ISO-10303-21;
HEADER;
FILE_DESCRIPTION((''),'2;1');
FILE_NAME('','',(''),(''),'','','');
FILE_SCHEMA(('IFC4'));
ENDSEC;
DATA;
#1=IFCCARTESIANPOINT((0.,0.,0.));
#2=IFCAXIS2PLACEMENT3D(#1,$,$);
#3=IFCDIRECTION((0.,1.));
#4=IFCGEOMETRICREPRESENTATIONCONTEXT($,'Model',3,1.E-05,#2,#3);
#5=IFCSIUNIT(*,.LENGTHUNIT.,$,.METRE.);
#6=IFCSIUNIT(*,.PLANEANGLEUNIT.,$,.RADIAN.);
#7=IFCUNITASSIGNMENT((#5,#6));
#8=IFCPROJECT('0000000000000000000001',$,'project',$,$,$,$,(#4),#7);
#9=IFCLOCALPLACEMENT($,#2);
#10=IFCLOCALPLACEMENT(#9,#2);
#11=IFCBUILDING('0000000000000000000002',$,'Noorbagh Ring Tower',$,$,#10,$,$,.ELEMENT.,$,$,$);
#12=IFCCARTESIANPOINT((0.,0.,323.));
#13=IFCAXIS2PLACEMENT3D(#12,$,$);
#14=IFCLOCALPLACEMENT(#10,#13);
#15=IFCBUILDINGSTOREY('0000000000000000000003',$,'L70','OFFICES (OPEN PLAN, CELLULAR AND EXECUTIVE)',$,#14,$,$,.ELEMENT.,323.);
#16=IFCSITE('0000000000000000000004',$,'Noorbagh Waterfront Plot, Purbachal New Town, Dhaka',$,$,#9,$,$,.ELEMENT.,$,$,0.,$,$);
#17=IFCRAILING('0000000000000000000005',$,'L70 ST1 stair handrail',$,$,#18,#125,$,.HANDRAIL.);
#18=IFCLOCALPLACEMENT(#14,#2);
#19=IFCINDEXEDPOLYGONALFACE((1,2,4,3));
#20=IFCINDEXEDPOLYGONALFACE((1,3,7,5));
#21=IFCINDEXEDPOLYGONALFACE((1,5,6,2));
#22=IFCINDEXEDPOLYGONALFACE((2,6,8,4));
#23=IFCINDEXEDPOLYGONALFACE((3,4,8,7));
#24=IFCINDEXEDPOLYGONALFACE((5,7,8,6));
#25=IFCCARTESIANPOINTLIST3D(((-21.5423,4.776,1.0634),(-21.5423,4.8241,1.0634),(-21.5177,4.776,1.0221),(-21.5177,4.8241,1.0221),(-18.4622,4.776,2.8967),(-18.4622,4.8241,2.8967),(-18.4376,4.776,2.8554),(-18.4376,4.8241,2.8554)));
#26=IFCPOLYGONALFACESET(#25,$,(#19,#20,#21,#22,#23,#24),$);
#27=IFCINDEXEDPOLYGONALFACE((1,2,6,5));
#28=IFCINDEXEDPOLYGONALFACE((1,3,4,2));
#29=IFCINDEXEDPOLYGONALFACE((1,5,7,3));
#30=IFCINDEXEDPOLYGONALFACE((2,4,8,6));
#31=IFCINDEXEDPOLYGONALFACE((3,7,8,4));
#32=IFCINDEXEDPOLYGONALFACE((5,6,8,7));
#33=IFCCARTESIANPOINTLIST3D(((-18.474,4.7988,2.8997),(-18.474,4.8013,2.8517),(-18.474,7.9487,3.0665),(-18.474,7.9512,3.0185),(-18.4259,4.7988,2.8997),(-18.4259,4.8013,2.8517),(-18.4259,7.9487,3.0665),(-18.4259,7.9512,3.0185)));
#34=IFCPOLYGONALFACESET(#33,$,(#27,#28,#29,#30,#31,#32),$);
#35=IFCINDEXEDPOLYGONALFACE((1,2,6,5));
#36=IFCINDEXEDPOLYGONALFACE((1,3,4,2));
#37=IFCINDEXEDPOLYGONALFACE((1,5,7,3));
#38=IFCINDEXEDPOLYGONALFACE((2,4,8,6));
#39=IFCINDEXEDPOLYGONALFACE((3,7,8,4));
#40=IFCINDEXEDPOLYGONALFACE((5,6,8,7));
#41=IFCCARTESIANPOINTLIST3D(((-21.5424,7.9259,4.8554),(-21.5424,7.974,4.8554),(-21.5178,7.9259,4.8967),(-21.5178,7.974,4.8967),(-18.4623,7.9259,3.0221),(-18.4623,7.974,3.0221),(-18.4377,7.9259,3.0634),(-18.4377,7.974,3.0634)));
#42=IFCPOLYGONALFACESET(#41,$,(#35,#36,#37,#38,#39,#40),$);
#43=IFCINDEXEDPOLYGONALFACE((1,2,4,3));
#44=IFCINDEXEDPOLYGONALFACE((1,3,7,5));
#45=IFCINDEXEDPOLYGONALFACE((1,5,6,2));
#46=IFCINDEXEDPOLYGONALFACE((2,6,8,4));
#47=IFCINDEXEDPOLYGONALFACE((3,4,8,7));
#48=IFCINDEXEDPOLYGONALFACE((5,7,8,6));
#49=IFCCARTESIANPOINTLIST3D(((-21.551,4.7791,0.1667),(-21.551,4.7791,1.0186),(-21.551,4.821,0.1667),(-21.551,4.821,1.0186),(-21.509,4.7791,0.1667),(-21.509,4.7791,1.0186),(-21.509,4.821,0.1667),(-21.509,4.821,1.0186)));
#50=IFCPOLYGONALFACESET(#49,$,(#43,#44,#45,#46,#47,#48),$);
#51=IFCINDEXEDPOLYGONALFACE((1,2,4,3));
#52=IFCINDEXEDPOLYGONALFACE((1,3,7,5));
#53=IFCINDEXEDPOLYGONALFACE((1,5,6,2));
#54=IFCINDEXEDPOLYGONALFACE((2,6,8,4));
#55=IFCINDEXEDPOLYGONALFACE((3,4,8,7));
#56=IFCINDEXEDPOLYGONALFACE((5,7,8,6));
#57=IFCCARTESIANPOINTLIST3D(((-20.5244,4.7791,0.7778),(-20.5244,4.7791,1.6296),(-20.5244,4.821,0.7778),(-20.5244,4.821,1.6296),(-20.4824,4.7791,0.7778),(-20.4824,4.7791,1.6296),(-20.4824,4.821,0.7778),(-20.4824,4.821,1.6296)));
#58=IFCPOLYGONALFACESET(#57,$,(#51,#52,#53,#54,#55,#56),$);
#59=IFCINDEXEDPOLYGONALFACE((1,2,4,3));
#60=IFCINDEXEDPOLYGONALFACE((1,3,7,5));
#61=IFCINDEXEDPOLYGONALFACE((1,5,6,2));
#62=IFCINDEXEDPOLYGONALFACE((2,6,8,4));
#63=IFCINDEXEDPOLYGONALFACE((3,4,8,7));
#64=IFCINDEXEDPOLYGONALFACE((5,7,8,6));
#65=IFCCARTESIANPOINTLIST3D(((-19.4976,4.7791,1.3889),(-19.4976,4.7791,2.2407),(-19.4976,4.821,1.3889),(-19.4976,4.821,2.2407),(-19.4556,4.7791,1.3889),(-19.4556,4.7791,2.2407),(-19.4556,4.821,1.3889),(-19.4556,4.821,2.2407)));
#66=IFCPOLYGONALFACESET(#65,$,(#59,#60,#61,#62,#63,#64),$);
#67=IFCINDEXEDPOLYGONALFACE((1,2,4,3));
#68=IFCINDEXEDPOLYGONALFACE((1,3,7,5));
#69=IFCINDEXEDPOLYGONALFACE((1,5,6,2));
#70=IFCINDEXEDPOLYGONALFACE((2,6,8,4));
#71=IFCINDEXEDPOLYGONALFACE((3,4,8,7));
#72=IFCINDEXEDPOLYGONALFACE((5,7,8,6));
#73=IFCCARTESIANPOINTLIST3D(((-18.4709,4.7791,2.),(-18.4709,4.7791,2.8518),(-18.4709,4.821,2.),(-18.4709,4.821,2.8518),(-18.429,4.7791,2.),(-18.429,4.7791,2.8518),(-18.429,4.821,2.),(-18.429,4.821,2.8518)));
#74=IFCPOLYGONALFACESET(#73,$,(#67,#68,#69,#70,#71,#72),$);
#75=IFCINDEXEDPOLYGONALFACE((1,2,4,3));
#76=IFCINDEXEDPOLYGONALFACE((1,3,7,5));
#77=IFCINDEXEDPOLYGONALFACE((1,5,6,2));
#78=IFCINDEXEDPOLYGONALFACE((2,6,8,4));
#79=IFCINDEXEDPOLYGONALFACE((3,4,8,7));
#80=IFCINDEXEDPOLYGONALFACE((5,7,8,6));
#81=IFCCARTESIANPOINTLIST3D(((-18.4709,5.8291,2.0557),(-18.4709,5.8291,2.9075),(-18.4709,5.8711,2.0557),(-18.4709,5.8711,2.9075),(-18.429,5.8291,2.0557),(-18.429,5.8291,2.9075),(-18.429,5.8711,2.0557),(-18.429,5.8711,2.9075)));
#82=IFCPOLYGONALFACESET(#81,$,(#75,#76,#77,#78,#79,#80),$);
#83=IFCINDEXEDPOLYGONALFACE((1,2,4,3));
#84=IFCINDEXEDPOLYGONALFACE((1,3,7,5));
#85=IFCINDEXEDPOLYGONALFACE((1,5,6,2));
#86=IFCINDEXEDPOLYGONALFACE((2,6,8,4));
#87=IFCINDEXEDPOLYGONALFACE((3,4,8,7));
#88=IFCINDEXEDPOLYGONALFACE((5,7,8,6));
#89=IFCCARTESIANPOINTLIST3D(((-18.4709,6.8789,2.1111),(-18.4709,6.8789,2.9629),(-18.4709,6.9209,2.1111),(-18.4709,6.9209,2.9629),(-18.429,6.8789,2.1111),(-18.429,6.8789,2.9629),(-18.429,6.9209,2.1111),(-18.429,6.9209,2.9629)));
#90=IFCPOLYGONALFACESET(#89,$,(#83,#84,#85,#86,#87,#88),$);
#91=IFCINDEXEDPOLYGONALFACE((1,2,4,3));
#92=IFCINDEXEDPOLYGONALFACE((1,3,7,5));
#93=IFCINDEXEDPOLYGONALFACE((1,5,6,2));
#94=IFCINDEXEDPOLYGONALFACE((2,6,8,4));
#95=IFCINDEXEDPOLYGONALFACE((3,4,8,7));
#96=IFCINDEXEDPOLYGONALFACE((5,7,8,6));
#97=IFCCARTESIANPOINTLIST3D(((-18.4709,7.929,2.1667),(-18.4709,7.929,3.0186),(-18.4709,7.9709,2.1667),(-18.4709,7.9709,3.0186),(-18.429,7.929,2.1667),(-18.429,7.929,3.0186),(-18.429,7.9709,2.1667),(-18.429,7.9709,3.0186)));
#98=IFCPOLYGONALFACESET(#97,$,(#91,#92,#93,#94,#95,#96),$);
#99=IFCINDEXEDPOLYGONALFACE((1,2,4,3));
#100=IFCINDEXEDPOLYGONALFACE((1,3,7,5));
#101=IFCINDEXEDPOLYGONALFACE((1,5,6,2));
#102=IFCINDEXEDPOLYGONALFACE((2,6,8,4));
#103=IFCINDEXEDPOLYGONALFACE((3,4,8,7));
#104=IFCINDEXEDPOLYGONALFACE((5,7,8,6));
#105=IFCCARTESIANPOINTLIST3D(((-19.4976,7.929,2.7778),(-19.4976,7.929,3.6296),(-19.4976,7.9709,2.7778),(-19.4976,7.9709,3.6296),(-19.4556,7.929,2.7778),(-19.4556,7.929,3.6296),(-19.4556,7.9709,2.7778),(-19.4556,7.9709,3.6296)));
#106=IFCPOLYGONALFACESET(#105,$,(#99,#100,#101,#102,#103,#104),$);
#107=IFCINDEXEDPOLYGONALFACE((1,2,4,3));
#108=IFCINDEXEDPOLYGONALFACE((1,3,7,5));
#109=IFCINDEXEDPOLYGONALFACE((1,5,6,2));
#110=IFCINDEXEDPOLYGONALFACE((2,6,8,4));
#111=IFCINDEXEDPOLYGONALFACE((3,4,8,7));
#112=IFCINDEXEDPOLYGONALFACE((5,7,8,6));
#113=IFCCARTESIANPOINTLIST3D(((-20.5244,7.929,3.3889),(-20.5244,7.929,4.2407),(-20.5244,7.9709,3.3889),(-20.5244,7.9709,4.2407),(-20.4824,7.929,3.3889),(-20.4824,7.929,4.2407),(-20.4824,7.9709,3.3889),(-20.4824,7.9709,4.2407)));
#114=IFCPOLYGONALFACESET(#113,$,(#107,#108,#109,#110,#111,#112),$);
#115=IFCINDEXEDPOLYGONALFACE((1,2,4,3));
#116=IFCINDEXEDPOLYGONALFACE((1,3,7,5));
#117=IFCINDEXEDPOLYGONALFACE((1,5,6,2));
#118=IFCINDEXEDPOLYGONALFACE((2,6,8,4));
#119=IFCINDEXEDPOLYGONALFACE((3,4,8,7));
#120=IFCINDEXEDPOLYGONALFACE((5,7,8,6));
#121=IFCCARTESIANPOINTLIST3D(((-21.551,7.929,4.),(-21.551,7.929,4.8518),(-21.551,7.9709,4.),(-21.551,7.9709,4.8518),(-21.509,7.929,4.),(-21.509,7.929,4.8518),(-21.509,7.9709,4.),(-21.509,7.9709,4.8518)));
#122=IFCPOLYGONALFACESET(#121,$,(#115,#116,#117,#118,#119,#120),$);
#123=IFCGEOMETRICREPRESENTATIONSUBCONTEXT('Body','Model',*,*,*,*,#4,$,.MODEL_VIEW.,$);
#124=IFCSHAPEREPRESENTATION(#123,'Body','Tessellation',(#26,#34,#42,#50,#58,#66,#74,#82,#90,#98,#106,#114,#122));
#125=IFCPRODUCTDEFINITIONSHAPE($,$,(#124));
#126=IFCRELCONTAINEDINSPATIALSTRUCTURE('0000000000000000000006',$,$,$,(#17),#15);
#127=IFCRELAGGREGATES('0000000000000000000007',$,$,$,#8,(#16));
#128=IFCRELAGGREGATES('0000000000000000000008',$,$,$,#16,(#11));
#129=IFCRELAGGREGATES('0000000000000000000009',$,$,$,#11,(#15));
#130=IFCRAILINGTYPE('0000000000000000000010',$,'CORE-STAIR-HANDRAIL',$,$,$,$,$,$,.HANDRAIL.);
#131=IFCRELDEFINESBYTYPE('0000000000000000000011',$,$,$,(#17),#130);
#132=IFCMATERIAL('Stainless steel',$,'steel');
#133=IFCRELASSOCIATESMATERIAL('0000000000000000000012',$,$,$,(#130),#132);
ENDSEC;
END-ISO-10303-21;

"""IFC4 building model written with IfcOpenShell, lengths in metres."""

from ifc_helpers import new_model, si_unit, direction, frame, origin, origin_2d, place, context, subcontext, project, spatial, rectangle, extrude, material, type_object, element, save


model = new_model("IFC4")

# Units and contexts
model_context = context("Model", 3, precision=1e-05, world=origin(), true_north=direction((0.0, 1.0)))
body_context = subcontext(model_context, "Body", "Model", "MODEL_VIEW")
ifc_project = project(units=[si_unit("LENGTHUNIT", "METRE"), si_unit("PLANEANGLEUNIT", "RADIAN")], contexts=[model_context])

# Site, building, storey
site_placement = place(None, origin())
site = spatial("IfcSite", under=ifc_project, at=site_placement, Name="Noorbagh Waterfront Plot, Purbachal New Town, Dhaka", CompositionType="ELEMENT", RefElevation=0.0)
building_placement = place(site_placement, origin())
building = spatial("IfcBuilding", under=site, at=building_placement, Name="Noorbagh Ring Tower", CompositionType="ELEMENT")
storey_placement = place(building_placement, frame((0.0, 0.0, 323.0)))
storey = spatial("IfcBuildingStorey", under=building, at=storey_placement, Name="L70", Description="OFFICES (OPEN PLAN, CELLULAR AND EXECUTIVE)", CompositionType="ELEMENT", Elevation=323.0)

# Railing
ifc_material_1 = material(Name="Stainless steel", Category="steel")
railing_type_1 = type_object("IfcRailingType", Name="CORE-STAIR-HANDRAIL", PredefinedType="HANDRAIL", material=ifc_material_1)
railing_1_placement = place(storey_placement, frame((-21.53, 4.8, 0.1667)))
element("IfcRailing", 1, at=railing_1_placement, inside=storey, type_object=railing_type_1, Name="L70 ST1 stair handrail", PredefinedType="HANDRAIL", context=body_context, shape_type="SweptSolid", body=[
    extrude(rectangle(XDim=0.0481, YDim=0.0481, at=origin_2d()), frame((0.0, 0.0, 0.876), z_axis=(0.859309, 0.0, 0.511458), x_axis=(0.0, 1.0, 0.0)), (0.0, 0.0, 1.0), 3.5845),
    extrude(rectangle(XDim=0.0481, YDim=0.0481, at=origin_2d()), frame((3.0801, 0.0, 2.709), z_axis=(0.0, 0.998602, 0.052864), x_axis=(-1.0, 0.0, 0.0)), (0.0, 0.0, 1.0), 3.1543),
    extrude(rectangle(XDim=0.0481, YDim=0.0481, at=origin_2d()), frame((3.0801, 3.1499, 2.876), z_axis=(-0.859309, 0.0, 0.511458), x_axis=(0.0, -1.0, 0.0)), (0.0, 0.0, 1.0), 3.5845),
    extrude(rectangle(XDim=0.042, YDim=0.042, at=origin_2d()), origin(), (0.0, 0.0, 1.0), 0.8518),
    extrude(rectangle(XDim=0.042, YDim=0.042, at=origin_2d()), frame((1.0266, 0.0, 0.6111)), (0.0, 0.0, 1.0), 0.8518),
    extrude(rectangle(XDim=0.042, YDim=0.042, at=origin_2d()), frame((2.0535, 0.0, 1.2222)), (0.0, 0.0, 1.0), 0.8518),
    extrude(rectangle(XDim=0.042, YDim=0.042, at=origin_2d()), frame((3.0801, 0.0, 1.8333)), (0.0, 0.0, 1.0), 0.8518),
    extrude(rectangle(XDim=0.042, YDim=0.042, at=origin_2d()), frame((3.0801, 1.05, 1.8889)), (0.0, 0.0, 1.0), 0.8518),
    extrude(rectangle(XDim=0.042, YDim=0.042, at=origin_2d()), frame((3.0801, 2.0999, 1.9443)), (0.0, 0.0, 1.0), 0.8518),
    extrude(rectangle(XDim=0.042, YDim=0.042, at=origin_2d()), frame((3.0801, 3.1499, 2.0)), (0.0, 0.0, 1.0), 0.8518),
    extrude(rectangle(XDim=0.042, YDim=0.042, at=origin_2d()), frame((2.0535, 3.1499, 2.6111)), (0.0, 0.0, 1.0), 0.8518),
    extrude(rectangle(XDim=0.042, YDim=0.042, at=origin_2d()), frame((1.0266, 3.1499, 3.2222)), (0.0, 0.0, 1.0), 0.8518),
    extrude(rectangle(XDim=0.042, YDim=0.042, at=origin_2d()), frame((0.0, 3.1499, 3.8333)), (0.0, 0.0, 1.0), 0.8518),
])

save(model, "model.ifc")
